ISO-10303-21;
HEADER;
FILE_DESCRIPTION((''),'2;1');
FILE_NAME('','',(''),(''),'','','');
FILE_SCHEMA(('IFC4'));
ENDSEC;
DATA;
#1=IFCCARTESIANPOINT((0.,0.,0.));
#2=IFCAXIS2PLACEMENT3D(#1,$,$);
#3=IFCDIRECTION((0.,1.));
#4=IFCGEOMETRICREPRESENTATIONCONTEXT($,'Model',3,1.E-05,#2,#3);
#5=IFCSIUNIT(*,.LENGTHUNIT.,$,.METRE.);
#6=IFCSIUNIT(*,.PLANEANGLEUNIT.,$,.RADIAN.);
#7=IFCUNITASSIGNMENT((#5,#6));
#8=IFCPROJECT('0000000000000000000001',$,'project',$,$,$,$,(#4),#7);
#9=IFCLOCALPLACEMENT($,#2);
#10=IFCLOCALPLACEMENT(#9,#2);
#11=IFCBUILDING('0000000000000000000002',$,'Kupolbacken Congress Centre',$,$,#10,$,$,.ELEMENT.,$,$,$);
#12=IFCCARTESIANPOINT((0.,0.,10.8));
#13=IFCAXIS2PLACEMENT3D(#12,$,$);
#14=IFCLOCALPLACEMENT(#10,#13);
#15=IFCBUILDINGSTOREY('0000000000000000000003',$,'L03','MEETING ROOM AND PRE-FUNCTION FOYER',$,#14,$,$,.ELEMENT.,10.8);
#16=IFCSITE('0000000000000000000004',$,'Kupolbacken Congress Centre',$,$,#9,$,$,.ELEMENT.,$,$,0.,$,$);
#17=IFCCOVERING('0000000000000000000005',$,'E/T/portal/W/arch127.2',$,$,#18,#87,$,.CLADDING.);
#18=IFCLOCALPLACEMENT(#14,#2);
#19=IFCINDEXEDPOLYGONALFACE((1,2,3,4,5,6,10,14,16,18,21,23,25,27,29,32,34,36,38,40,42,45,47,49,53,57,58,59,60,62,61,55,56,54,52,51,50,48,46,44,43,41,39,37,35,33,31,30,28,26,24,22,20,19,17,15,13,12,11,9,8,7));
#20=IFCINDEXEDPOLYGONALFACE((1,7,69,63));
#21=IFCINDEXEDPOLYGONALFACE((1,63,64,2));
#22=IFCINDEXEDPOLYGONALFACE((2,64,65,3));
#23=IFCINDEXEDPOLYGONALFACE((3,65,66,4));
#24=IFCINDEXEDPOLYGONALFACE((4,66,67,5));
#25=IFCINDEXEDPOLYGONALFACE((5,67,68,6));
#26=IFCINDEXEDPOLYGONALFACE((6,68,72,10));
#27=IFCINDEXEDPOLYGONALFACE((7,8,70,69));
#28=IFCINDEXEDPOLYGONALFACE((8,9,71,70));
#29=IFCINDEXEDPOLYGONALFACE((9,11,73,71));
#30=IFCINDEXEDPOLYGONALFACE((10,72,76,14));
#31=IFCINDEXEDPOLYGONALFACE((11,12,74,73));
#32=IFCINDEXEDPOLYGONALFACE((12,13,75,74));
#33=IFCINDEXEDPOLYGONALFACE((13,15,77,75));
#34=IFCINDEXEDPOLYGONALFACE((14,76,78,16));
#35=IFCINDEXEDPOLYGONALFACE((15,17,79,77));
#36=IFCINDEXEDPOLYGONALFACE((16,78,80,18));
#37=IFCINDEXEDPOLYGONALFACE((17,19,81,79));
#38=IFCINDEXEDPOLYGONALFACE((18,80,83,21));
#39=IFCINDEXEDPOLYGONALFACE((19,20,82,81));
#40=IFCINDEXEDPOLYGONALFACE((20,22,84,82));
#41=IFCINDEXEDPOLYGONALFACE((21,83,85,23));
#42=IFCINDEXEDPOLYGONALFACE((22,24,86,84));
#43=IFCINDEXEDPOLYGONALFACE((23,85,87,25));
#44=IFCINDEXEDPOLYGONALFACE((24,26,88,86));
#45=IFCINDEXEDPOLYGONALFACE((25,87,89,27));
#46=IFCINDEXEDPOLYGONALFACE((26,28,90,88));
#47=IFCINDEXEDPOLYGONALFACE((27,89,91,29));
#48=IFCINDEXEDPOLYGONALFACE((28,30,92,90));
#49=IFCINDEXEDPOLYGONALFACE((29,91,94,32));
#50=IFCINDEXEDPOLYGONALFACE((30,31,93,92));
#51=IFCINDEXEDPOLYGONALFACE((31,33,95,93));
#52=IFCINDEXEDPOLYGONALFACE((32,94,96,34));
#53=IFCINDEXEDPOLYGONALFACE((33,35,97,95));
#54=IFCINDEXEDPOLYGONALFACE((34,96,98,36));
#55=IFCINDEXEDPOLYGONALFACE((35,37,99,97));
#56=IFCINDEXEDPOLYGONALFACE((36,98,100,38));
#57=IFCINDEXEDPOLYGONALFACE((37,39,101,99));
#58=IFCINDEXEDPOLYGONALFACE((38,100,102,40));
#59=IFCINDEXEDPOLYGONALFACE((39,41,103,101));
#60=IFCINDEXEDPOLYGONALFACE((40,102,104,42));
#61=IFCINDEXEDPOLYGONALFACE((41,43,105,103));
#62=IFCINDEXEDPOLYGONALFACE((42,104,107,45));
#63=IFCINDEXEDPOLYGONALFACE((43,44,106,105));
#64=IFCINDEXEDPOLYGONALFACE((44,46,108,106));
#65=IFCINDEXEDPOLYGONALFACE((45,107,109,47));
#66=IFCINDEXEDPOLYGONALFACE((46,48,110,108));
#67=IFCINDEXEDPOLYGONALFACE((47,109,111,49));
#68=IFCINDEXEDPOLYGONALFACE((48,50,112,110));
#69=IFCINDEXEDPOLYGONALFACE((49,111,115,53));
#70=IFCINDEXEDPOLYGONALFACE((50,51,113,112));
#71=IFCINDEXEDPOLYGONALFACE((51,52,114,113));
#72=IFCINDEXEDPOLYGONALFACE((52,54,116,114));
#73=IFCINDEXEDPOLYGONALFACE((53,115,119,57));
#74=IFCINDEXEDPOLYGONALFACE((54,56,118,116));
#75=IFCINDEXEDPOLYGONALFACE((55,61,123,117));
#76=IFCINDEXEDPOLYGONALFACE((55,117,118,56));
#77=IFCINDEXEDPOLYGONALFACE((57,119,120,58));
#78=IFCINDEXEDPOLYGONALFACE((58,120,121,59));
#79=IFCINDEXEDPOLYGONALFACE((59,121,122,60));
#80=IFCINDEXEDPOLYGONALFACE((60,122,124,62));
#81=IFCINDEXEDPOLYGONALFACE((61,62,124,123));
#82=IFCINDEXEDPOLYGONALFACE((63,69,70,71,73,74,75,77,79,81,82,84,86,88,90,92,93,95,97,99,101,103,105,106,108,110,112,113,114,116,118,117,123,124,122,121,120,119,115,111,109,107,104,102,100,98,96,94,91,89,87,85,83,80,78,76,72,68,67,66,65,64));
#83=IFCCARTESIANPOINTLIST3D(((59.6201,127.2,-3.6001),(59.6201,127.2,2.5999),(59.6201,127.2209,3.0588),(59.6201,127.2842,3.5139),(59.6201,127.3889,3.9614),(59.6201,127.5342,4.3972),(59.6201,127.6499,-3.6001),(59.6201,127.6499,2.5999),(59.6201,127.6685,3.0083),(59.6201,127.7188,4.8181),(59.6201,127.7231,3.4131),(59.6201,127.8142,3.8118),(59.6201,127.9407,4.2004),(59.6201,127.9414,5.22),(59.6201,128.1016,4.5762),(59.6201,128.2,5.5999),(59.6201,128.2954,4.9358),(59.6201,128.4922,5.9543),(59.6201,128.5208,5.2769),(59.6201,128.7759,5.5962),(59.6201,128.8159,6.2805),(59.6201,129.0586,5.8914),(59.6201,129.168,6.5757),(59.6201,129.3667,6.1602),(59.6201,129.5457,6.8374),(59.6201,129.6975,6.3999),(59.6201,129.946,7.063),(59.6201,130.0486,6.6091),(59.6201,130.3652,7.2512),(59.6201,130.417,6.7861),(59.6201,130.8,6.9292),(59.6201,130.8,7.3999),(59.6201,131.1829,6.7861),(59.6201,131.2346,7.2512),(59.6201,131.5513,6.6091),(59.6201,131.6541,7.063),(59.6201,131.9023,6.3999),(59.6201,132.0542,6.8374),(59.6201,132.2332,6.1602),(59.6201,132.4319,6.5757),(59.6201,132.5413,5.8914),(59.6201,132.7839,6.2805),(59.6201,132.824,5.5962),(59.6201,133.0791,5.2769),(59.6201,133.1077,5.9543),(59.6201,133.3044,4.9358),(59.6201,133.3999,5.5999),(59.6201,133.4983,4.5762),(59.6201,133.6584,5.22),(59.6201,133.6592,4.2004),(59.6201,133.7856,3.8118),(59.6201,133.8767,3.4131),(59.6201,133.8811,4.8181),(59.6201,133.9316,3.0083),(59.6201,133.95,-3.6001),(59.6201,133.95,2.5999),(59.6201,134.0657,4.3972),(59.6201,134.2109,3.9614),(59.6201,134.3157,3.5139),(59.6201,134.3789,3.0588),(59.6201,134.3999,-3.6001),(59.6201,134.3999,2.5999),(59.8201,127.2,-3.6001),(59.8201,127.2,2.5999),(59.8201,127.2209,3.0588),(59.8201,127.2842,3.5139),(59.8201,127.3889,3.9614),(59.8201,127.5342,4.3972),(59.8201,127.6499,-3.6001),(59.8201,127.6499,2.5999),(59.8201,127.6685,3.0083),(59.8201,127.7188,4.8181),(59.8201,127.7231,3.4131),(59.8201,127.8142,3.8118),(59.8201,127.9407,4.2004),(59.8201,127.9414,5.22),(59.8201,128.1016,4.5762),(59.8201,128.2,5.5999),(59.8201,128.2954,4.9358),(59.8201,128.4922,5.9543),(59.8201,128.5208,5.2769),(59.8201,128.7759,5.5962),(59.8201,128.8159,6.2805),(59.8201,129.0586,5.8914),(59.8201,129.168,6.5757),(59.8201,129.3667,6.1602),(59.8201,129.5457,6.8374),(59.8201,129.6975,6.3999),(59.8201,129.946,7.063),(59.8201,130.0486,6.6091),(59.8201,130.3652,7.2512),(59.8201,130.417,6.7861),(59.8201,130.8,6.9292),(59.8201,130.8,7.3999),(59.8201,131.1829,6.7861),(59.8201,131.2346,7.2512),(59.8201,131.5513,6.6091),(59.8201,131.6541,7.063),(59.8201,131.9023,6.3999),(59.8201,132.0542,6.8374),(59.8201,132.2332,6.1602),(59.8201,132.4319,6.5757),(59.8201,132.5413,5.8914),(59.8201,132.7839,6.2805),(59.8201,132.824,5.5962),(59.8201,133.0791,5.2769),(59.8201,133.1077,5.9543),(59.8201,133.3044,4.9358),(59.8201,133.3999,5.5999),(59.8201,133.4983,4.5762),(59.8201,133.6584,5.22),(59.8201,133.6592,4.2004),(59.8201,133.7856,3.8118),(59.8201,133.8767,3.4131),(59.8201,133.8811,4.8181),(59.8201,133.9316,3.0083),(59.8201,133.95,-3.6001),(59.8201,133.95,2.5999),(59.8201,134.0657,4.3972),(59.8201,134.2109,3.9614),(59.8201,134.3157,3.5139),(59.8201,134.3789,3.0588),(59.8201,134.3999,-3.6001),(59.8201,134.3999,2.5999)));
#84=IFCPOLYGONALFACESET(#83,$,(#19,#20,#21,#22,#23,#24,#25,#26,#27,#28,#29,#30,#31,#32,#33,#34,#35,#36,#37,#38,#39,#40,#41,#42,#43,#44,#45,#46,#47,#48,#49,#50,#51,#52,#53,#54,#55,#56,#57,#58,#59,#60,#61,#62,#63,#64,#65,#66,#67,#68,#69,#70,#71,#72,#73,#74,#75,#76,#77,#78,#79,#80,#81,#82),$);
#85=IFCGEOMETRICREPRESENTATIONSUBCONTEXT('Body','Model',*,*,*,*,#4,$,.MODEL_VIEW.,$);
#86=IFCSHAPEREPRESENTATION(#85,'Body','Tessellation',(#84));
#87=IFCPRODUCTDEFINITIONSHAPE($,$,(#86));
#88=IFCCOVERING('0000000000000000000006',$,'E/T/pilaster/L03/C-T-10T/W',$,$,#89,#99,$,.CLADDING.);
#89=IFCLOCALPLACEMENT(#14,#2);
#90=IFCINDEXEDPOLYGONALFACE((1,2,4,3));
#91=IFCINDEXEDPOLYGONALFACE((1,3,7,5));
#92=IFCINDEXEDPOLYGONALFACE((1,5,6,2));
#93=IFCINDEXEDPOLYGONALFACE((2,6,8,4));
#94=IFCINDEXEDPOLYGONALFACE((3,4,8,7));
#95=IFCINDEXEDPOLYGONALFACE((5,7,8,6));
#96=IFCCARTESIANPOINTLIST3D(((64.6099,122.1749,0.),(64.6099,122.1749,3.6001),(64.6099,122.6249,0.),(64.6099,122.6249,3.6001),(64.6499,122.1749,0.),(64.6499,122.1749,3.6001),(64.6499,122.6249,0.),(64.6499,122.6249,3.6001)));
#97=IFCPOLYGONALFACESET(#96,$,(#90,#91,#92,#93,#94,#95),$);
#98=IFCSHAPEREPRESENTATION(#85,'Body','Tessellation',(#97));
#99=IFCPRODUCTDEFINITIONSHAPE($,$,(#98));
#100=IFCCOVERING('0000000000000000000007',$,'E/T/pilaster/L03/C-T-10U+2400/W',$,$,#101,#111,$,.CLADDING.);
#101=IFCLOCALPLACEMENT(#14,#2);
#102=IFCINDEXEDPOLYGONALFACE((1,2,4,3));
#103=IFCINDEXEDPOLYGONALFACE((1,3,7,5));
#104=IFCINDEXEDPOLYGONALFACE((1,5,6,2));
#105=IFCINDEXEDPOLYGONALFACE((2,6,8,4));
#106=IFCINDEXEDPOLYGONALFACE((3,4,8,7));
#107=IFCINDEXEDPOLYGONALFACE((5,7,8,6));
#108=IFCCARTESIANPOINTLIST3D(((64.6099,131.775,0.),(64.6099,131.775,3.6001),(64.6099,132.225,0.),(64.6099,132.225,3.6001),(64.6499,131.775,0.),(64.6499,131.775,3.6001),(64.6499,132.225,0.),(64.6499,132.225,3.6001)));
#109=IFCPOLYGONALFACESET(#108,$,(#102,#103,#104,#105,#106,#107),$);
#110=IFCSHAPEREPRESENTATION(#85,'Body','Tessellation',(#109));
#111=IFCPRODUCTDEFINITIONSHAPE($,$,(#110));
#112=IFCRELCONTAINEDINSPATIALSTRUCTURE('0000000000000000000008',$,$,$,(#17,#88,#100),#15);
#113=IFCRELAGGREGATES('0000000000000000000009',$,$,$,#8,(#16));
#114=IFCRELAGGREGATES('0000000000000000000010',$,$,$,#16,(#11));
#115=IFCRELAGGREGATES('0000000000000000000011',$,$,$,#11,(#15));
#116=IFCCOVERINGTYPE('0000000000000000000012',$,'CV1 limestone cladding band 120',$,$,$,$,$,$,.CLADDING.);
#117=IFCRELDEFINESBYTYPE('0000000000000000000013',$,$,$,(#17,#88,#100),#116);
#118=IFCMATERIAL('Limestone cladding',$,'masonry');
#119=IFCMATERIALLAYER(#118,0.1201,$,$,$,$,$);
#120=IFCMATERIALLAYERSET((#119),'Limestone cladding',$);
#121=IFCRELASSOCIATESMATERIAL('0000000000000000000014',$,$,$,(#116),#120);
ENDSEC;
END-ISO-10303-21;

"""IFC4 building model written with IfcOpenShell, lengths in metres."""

from ifc_helpers import new_model, si_unit, direction, frame, origin, origin_2d, place, context, subcontext, project, spatial, polyline, rectangle, outline, extrude, material, layer, layer_set, type_object, element, save


model = new_model("IFC4")

# Units and contexts
model_context = context("Model", 3, precision=1e-05, world=origin(), true_north=direction((0.0, 1.0)))
body_context = subcontext(model_context, "Body", "Model", "MODEL_VIEW")
ifc_project = project(units=[si_unit("LENGTHUNIT", "METRE"), si_unit("PLANEANGLEUNIT", "RADIAN")], contexts=[model_context])

# Site, building, storey
site_placement = place(None, origin())
site = spatial("IfcSite", under=ifc_project, at=site_placement, Name="Kupolbacken Congress Centre", CompositionType="ELEMENT", RefElevation=0.0)
building_placement = place(site_placement, origin())
building = spatial("IfcBuilding", under=site, at=building_placement, Name="Kupolbacken Congress Centre", CompositionType="ELEMENT")
storey_placement = place(building_placement, frame((0.0, 0.0, 10.8)))
storey = spatial("IfcBuildingStorey", under=building, at=storey_placement, Name="L03", Description="MEETING ROOM AND PRE-FUNCTION FOYER", CompositionType="ELEMENT", Elevation=10.8)

# Coverings
ifc_material_1 = material(Name="Limestone cladding", Category="masonry")
ifc_layer_1 = layer(ifc_material_1, 0.1201)
ifc_layer_set_1 = layer_set([ifc_layer_1], Name="Limestone cladding")
covering_type = type_object("IfcCoveringType", Name="CV1 limestone cladding band 120", PredefinedType="CLADDING", material=ifc_layer_set_1)
covering_1_placement = place(storey_placement, frame((59.8201, 127.2, -3.6001), z_axis=(-1.0, 0.0, 0.0), x_axis=(0.0, -1.0, 0.0)))
element("IfcCovering", 1, at=covering_1_placement, inside=storey, type_object=covering_type, Name="E/T/portal/W/arch127.2", PredefinedType="CLADDING", context=body_context, shape_type="SweptSolid", body=[
    extrude(outline(polyline([(0.0, 0.0), (0.0, 6.2), (-0.021, 6.6589), (-0.0842, 7.114), (-0.189, 7.5615), (-0.3342, 7.9973), (-0.5188, 8.4182), (-0.7415, 8.8201), (-1.0, 9.2), (-1.2922, 9.5544), (-1.616, 9.8806), (-1.968, 10.1758), (-2.3457, 10.4375), (-2.7461, 10.6631), (-3.1653, 10.8513), (-3.6001, 11.0), (-4.0347, 10.8513), (-4.4541, 10.6631), (-4.8542, 10.4375), (-5.2319, 10.1758), (-5.584, 9.8806), (-5.9077, 9.5544), (-6.2, 9.2), (-6.4585, 8.8201), (-6.6812, 8.4182), (-6.8657, 7.9973), (-7.011, 7.5615), (-7.1157, 7.114), (-7.179, 6.6589), (-7.2, 6.2), (-7.2, 0.0), (-6.75, 0.0), (-6.75, 6.2), (-6.7317, 6.6084), (-6.6768, 7.0132), (-6.5857, 7.4119), (-6.4592, 7.8005), (-6.2983, 8.1763), (-6.1045, 8.5359), (-5.8792, 8.877), (-5.624, 9.1963), (-5.3413, 9.4915), (-5.0332, 9.7603), (-4.7024, 10.0), (-4.3513, 10.2092), (-3.9829, 10.3862), (-3.6001, 10.5293), (-3.217, 10.3862), (-2.8486, 10.2092), (-2.4976, 10.0), (-2.1667, 9.7603), (-1.8586, 9.4915), (-1.5759, 9.1963), (-1.3208, 8.877), (-1.0955, 8.5359), (-0.9016, 8.1763), (-0.7407, 7.8005), (-0.6143, 7.4119), (-0.5232, 7.0132), (-0.4685, 6.6084), (-0.45, 6.2), (-0.45, 0.0), (0.0, 0.0)])), origin(), (0.0, 0.0, 1.0), 0.2),
])
for number, where, z_axis, x_axis, name in (
    (2, (64.6299, 122.3999, 0.0), (0.0, 0.0, 1.0), (1.0, 0.0, 0.0), "E/T/pilaster/L03/C-T-10T/W"),
    (3, (64.6299, 132.0, 0.0), (0.0, 0.0, 1.0), (1.0, 0.0, 0.0), "E/T/pilaster/L03/C-T-10U+2400/W"),
):
    element("IfcCovering", number, at=place(storey_placement, frame(where, z_axis=z_axis, x_axis=x_axis)), inside=storey, type_object=covering_type, Name=name, PredefinedType="CLADDING", context=body_context, shape_type="SweptSolid", body=[
        extrude(rectangle(XDim=0.04, YDim=0.45, at=origin_2d()), origin(), (0.0, 0.0, 1.0), 3.6001),
    ])

save(model, "model.ifc")
